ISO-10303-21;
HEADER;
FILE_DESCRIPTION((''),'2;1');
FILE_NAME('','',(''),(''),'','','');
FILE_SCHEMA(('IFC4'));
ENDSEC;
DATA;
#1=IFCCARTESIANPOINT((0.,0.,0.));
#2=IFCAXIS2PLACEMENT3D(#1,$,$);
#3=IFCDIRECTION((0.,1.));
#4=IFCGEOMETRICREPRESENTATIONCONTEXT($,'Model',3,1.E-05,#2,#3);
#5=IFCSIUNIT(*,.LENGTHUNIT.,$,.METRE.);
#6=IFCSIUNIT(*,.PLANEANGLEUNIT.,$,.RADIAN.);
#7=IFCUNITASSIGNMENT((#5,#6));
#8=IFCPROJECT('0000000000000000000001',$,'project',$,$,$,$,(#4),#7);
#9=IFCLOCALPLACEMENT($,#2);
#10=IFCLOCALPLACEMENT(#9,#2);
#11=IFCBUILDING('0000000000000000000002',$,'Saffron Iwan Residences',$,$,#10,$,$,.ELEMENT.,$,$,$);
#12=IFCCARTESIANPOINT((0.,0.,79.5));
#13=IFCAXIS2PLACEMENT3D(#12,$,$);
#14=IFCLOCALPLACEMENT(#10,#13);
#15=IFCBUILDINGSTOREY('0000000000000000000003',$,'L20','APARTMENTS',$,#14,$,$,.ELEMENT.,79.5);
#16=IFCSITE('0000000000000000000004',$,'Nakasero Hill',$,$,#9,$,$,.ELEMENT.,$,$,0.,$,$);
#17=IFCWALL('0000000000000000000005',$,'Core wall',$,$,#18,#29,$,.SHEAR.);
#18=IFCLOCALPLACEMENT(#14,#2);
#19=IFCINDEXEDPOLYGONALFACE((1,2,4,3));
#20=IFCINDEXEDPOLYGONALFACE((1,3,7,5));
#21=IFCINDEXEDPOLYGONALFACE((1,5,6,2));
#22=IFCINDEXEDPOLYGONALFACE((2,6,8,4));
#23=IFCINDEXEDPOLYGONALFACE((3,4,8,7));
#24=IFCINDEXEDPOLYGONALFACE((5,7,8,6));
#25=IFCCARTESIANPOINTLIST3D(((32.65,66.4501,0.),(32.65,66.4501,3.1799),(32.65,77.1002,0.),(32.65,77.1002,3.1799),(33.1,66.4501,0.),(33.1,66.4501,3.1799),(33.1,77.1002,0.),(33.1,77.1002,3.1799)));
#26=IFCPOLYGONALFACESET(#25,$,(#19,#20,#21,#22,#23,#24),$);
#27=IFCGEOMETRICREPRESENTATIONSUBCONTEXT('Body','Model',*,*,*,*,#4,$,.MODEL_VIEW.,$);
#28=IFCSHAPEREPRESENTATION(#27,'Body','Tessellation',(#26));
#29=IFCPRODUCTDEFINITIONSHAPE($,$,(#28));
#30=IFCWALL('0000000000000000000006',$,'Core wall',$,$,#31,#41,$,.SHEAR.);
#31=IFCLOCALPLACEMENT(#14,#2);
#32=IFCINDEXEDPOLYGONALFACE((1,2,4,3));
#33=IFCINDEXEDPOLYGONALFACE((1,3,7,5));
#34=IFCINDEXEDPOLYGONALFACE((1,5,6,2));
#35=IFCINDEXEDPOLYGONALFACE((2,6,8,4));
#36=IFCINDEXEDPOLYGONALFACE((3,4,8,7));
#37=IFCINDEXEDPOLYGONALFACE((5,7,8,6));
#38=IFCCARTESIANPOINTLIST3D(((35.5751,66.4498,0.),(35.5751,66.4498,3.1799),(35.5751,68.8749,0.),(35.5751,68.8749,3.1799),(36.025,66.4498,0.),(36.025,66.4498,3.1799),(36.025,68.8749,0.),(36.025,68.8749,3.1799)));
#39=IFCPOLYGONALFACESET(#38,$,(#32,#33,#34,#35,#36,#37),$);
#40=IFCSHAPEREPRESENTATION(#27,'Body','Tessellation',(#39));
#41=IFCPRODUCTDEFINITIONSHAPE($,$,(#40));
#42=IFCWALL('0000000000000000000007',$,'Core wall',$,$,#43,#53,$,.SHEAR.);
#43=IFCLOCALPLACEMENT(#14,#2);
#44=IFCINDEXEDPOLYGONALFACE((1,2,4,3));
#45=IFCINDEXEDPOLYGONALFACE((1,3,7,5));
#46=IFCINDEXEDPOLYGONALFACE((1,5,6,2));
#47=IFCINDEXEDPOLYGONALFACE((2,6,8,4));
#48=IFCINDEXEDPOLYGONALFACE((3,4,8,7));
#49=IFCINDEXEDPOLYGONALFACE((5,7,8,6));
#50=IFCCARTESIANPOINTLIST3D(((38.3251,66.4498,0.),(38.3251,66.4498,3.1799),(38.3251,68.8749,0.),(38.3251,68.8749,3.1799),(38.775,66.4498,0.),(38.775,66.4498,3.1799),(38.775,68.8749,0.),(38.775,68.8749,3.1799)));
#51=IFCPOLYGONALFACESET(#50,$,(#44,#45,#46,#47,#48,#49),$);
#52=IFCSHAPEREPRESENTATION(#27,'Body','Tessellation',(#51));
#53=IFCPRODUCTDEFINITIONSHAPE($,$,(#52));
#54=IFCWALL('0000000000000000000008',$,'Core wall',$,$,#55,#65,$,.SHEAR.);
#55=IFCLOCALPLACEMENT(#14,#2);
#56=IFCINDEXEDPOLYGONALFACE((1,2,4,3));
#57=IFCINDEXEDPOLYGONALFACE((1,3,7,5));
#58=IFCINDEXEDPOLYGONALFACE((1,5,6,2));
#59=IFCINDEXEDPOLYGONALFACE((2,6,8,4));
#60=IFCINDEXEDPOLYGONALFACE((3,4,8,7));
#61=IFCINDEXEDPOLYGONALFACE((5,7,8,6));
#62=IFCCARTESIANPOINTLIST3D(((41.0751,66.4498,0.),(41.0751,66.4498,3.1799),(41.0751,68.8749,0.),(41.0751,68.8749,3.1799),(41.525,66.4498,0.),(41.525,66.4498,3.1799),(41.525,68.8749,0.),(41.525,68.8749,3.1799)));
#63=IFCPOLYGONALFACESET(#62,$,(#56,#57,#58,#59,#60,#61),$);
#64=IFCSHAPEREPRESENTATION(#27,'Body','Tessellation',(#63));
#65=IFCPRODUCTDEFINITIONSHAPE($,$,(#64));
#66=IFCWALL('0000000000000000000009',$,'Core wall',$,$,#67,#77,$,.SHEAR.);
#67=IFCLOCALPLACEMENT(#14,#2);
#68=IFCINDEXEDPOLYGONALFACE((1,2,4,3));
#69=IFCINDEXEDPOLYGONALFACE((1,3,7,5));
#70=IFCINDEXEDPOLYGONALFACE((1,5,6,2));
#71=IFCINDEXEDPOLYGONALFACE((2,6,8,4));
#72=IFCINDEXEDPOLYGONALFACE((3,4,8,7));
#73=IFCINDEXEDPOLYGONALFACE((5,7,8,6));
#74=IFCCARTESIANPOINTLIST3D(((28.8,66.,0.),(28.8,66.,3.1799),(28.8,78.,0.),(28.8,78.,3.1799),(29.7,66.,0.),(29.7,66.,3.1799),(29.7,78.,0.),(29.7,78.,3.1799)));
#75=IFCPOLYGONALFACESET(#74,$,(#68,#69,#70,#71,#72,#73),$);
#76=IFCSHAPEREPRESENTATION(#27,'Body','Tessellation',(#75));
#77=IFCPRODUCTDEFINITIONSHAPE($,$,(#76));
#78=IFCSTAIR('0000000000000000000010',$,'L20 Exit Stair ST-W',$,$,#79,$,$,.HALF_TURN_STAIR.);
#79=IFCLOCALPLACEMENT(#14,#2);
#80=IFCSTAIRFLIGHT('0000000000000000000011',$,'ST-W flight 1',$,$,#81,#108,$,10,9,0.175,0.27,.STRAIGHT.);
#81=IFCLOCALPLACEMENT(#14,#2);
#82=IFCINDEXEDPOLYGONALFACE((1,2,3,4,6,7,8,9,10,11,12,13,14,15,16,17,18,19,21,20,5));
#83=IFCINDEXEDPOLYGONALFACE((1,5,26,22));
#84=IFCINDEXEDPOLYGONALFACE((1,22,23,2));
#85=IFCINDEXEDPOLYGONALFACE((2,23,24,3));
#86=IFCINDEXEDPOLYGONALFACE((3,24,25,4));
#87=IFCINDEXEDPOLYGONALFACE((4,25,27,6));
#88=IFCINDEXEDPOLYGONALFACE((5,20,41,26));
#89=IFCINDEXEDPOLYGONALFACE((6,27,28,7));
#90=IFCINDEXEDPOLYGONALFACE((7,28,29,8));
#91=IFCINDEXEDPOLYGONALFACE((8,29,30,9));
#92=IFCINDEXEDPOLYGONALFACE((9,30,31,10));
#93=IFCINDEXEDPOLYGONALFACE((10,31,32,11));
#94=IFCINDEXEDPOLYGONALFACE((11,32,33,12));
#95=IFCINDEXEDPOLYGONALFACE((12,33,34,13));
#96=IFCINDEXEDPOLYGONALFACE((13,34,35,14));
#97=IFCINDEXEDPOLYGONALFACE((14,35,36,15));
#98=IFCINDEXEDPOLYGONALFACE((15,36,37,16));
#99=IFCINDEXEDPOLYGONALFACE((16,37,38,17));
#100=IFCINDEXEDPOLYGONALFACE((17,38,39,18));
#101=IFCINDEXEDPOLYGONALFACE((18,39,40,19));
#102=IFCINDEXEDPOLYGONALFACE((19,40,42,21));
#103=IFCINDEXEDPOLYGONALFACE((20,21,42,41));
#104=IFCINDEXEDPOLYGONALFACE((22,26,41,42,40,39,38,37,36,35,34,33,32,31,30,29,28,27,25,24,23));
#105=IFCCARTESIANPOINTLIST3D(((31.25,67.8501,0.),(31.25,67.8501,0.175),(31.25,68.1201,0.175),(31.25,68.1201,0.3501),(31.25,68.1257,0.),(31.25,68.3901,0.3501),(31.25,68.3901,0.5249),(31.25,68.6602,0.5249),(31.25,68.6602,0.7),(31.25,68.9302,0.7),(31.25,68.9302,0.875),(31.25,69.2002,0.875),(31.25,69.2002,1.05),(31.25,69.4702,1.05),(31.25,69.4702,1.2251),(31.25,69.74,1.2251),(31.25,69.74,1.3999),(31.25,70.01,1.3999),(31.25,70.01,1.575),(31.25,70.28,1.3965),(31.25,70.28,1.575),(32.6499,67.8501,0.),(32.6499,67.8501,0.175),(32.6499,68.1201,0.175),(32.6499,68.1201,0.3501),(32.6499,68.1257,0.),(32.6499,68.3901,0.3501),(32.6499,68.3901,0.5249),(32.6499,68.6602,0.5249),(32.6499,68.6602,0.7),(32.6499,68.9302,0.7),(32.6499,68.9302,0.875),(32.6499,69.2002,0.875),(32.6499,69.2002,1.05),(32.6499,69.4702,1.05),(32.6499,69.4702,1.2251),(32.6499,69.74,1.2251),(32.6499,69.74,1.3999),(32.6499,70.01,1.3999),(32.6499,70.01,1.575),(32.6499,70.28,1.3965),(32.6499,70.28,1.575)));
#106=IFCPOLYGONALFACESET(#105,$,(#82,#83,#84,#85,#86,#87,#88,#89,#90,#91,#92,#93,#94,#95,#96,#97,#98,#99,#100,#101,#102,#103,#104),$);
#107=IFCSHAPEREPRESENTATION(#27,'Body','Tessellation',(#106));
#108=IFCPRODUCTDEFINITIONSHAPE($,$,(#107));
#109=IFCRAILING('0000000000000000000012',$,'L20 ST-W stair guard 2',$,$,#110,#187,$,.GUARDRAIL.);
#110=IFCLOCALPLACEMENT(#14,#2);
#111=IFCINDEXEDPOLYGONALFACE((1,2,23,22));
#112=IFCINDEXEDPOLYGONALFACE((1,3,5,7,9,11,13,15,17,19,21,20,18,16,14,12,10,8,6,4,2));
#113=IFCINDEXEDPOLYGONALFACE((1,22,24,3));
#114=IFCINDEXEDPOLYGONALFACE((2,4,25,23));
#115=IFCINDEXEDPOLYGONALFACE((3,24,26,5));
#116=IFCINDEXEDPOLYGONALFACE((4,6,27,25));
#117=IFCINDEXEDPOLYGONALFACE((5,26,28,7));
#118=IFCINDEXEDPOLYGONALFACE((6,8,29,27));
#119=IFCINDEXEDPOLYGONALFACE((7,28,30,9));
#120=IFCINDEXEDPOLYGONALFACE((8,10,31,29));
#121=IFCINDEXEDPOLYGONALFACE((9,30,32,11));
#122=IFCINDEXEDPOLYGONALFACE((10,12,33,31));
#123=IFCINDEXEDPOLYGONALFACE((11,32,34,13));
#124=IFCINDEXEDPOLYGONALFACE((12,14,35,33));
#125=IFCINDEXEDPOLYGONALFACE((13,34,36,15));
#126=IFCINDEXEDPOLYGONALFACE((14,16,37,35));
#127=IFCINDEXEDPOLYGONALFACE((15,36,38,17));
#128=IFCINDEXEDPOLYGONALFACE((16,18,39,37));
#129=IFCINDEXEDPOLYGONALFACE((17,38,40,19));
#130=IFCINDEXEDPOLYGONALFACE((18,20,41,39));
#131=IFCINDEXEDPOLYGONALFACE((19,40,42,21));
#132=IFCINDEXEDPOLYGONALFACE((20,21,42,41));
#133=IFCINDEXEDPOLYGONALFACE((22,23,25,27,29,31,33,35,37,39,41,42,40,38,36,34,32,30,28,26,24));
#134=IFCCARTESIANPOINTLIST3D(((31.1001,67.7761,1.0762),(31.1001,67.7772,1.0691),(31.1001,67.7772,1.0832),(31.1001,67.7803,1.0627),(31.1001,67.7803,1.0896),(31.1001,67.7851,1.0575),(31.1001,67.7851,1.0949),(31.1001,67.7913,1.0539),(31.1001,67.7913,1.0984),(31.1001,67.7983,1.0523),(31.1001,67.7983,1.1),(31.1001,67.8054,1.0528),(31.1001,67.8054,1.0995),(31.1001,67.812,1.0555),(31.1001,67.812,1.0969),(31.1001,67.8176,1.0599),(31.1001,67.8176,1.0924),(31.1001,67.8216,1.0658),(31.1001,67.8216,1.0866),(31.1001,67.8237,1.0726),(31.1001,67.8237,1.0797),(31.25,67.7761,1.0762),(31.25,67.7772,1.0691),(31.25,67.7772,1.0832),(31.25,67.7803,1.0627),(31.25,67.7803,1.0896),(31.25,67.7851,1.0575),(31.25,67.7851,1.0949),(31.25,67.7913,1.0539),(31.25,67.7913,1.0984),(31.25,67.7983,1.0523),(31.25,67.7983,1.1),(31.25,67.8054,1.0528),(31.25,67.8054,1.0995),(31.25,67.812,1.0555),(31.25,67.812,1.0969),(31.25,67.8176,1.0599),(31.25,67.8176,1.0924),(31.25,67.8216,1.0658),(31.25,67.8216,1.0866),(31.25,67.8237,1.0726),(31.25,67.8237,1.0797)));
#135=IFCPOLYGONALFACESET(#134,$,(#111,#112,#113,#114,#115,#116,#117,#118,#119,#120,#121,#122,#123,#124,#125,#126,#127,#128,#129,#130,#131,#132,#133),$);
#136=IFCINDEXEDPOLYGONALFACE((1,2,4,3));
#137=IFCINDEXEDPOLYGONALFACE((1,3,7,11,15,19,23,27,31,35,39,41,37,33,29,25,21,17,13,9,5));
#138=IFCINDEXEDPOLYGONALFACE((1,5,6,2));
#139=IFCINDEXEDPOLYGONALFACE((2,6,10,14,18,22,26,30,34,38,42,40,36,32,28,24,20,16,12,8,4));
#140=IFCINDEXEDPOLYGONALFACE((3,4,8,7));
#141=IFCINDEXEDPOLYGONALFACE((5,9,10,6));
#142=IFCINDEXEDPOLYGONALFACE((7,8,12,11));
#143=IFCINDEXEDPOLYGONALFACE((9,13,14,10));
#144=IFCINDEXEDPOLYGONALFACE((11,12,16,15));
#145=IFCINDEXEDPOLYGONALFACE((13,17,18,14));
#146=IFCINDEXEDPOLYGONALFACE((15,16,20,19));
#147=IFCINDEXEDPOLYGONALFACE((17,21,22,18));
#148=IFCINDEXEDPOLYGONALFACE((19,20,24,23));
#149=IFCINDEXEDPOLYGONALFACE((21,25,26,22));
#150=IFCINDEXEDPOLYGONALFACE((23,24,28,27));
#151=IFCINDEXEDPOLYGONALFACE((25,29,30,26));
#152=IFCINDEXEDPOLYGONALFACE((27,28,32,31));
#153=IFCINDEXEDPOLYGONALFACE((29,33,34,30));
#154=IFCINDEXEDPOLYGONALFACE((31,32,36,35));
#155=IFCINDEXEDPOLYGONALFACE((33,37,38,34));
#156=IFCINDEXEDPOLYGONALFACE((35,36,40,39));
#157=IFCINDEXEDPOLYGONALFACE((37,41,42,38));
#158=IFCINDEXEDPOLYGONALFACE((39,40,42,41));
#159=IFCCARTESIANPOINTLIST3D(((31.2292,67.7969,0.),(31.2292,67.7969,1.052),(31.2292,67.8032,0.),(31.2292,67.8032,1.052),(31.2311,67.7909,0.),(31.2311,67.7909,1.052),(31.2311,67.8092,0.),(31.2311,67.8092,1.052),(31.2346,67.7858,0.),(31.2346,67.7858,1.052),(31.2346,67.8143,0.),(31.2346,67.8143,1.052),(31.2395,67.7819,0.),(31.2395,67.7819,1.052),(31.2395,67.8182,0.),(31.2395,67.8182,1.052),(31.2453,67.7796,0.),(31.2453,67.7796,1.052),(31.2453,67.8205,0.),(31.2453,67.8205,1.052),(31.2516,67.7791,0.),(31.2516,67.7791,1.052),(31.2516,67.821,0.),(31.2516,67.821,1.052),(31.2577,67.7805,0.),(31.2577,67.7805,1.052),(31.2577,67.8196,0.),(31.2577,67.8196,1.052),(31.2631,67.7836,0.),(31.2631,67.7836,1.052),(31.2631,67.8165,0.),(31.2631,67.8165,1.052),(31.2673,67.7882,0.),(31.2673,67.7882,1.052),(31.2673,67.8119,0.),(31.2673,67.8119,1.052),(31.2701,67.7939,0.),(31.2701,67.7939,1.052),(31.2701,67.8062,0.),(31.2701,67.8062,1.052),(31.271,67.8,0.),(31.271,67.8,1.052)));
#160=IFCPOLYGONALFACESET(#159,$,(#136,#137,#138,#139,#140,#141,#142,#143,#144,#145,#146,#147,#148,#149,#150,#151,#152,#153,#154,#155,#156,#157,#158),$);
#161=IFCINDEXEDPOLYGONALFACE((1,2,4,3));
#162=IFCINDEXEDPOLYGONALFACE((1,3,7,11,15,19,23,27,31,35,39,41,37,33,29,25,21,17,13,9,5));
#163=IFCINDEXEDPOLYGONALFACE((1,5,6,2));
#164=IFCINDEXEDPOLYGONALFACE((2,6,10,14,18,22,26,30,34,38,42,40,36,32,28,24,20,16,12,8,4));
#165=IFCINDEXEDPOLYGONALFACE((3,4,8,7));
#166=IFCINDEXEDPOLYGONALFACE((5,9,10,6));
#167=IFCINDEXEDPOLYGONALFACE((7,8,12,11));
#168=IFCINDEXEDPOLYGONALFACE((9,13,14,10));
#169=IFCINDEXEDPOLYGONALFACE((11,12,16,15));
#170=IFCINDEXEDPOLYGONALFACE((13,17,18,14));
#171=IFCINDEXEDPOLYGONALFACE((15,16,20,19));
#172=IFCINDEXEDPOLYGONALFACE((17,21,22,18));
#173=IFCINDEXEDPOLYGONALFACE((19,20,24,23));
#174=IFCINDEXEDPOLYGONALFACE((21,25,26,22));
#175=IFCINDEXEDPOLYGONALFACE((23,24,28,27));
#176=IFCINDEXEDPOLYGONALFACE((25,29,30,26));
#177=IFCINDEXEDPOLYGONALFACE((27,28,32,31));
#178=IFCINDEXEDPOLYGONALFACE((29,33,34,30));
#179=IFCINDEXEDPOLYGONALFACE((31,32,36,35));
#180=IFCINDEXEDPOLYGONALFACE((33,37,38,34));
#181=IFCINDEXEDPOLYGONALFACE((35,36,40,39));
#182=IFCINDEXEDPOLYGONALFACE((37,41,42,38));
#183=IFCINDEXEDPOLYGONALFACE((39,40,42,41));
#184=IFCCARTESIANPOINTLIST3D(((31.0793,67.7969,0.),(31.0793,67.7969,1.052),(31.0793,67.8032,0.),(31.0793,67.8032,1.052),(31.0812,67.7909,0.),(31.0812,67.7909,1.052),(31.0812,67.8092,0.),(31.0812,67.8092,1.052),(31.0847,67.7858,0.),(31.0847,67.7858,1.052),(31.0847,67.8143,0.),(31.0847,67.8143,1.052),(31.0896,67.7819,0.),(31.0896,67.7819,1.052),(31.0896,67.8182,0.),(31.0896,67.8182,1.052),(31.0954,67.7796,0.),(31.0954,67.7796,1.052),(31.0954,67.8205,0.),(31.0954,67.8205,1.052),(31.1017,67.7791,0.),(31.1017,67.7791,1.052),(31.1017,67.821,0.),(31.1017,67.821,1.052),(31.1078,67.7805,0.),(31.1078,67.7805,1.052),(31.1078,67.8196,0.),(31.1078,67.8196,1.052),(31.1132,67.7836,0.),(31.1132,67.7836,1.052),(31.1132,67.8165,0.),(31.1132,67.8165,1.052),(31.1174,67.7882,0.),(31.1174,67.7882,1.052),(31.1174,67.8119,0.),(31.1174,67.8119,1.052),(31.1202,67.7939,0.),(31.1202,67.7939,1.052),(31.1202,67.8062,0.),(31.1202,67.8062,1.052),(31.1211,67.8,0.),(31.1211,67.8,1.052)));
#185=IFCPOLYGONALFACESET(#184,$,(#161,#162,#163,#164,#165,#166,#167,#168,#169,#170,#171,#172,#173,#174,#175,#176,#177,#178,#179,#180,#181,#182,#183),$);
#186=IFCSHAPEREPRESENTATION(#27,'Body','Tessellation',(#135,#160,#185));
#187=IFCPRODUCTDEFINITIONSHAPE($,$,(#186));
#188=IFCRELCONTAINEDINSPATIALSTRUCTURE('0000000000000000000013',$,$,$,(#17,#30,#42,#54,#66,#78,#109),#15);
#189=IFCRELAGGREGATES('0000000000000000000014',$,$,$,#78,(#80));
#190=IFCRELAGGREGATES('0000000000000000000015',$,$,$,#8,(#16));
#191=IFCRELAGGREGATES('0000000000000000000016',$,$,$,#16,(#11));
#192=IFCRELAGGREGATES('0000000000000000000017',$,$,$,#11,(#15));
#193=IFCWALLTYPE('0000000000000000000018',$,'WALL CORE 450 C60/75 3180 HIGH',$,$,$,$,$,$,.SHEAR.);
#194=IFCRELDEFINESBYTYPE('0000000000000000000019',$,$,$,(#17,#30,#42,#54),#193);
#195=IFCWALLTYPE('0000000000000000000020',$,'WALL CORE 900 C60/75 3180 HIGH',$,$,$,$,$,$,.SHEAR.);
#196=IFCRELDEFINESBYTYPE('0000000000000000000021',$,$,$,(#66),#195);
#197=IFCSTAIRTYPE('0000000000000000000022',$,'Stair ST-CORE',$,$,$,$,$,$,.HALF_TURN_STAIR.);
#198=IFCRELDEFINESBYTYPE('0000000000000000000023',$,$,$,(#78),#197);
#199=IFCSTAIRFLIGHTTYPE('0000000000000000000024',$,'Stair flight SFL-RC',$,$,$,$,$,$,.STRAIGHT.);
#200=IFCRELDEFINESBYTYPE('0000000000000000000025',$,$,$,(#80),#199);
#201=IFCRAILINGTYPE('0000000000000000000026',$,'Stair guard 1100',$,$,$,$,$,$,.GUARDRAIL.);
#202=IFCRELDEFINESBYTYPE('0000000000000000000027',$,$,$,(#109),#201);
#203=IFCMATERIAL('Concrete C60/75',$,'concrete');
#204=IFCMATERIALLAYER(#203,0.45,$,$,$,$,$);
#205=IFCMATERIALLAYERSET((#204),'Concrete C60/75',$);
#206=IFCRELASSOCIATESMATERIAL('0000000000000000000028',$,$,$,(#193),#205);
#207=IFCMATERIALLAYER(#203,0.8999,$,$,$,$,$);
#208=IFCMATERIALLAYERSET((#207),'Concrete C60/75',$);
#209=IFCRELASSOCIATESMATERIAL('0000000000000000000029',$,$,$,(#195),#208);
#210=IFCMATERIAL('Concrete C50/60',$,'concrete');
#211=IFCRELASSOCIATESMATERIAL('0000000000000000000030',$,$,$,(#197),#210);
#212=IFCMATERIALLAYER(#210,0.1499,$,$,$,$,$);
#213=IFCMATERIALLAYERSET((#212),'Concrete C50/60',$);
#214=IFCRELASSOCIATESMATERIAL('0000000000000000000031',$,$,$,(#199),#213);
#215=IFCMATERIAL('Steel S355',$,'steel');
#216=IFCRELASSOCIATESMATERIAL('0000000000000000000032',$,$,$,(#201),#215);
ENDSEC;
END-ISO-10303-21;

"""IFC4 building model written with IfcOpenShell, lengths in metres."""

from ifc_helpers import new_model, si_unit, direction, frame, frame_2d, origin, origin_2d, place, context, subcontext, project, spatial, polyline, rectangle, circle, outline, extrude, material, layer, layer_set, type_object, element, aggregate, save


model = new_model("IFC4")

# Units and contexts
model_context = context("Model", 3, precision=1e-05, world=origin(), true_north=direction((0.0, 1.0)))
body_context = subcontext(model_context, "Body", "Model", "MODEL_VIEW")
ifc_project = project(units=[si_unit("LENGTHUNIT", "METRE"), si_unit("PLANEANGLEUNIT", "RADIAN")], contexts=[model_context])

# Site, building, storey
site_placement = place(None, origin())
site = spatial("IfcSite", under=ifc_project, at=site_placement, Name="Nakasero Hill", CompositionType="ELEMENT", RefElevation=0.0)
building_placement = place(site_placement, origin())
building = spatial("IfcBuilding", under=site, at=building_placement, Name="Saffron Iwan Residences", CompositionType="ELEMENT")
storey_placement = place(building_placement, frame((0.0, 0.0, 79.5)))
storey = spatial("IfcBuildingStorey", under=building, at=storey_placement, Name="L20", Description="APARTMENTS", CompositionType="ELEMENT", Elevation=79.5)

# Shared definitions
ifc_material_1 = material(Name="Concrete C60/75", Category="concrete")
ifc_layer_1 = layer(ifc_material_1, 0.45)
ifc_layer_set_1 = layer_set([ifc_layer_1], Name="Concrete C60/75")
wall_type_1 = type_object("IfcWallType", Name="WALL CORE 450 C60/75 3180 HIGH", PredefinedType="SHEAR", material=ifc_layer_set_1)

# Walls
wall_1_placement = place(storey_placement, frame((32.875, 66.45, 0.0), z_axis=(0.0, 0.0, 1.0), x_axis=(0.0, 1.0, 0.0)))
element("IfcWall", 1, at=wall_1_placement, inside=storey, type_object=wall_type_1, Name="Core wall", PredefinedType="SHEAR", context=body_context, shape_type="SweptSolid", body=[
    extrude(rectangle(XDim=10.6501, YDim=0.45, at=frame_2d((5.3252, 0.0))), origin(), (0.0, 0.0, 1.0), 3.1799),
])
for number, where, z_axis, x_axis, name in (
    (2, (35.8, 66.45, 0.0), (0.0, 0.0, 1.0), (0.0, 1.0, 0.0), "Core wall"),
    (3, (38.55, 66.45, 0.0), (0.0, 0.0, 1.0), (0.0, 1.0, 0.0), "Core wall"),
    (4, (41.3, 66.45, 0.0), (0.0, 0.0, 1.0), (0.0, 1.0, 0.0), "Core wall"),
):
    element("IfcWall", number, at=place(storey_placement, frame(where, z_axis=z_axis, x_axis=x_axis)), inside=storey, type_object=wall_type_1, Name=name, PredefinedType="SHEAR", context=body_context, shape_type="SweptSolid", body=[
        extrude(rectangle(XDim=2.425, YDim=0.45, at=frame_2d((1.2124, 0.0))), origin(), (0.0, 0.0, 1.0), 3.1799),
    ])
ifc_layer_2 = layer(ifc_material_1, 0.8999)
ifc_layer_set_2 = layer_set([ifc_layer_2], Name="Concrete C60/75")
wall_type_2 = type_object("IfcWallType", Name="WALL CORE 900 C60/75 3180 HIGH", PredefinedType="SHEAR", material=ifc_layer_set_2)
wall_2_placement = place(storey_placement, frame((29.25, 66.0, 0.0), z_axis=(0.0, 0.0, 1.0), x_axis=(0.0, 1.0, 0.0)))
element("IfcWall", 5, at=wall_2_placement, inside=storey, type_object=wall_type_2, Name="Core wall", PredefinedType="SHEAR", context=body_context, shape_type="SweptSolid", body=[
    extrude(rectangle(XDim=12.0, YDim=0.8999, at=frame_2d((6.0, 0.0))), origin(), (0.0, 0.0, 1.0), 3.1799),
])

# Stair, stair flight
ifc_material_2 = material(Name="Concrete C50/60", Category="concrete")
stair_type = type_object("IfcStairType", Name="Stair ST-CORE", PredefinedType="HALF_TURN_STAIR", material=ifc_material_2)
stair_placement = place(storey_placement, origin())
stair = element("IfcStair", 6, at=stair_placement, inside=storey, type_object=stair_type, Name="L20 Exit Stair ST-W", PredefinedType="HALF_TURN_STAIR")
ifc_layer_3 = layer(ifc_material_2, 0.1499)
ifc_layer_set_3 = layer_set([ifc_layer_3], Name="Concrete C50/60")
stair_flight_type = type_object("IfcStairFlightType", Name="Stair flight SFL-RC", PredefinedType="STRAIGHT", material=ifc_layer_set_3)
stair_flight_placement = place(storey_placement, frame((31.95, 67.8501, 0.0), z_axis=(0.0, 0.0, 1.0), x_axis=(0.0, 1.0, 0.0)))
stair_flight = element("IfcStairFlight", 7, at=stair_flight_placement, type_object=stair_flight_type, Name="ST-W flight 1", NumberOfRisers=10, NumberOfTreads=9, PredefinedType="STRAIGHT", RiserHeight=0.175, TreadLength=0.27, context=body_context, shape_type="SweptSolid", body=[
    extrude(outline(polyline([(0.0, 0.0), (0.0, 0.175), (0.27, 0.175), (0.27, 0.3501), (0.54, 0.3501), (0.54, 0.5249), (0.8101, 0.5249), (0.8101, 0.7), (1.0801, 0.7), (1.0801, 0.875), (1.3501, 0.875), (1.3501, 1.05), (1.6201, 1.05), (1.6201, 1.2251), (1.8899, 1.2251), (1.8899, 1.3999), (2.1599, 1.3999), (2.1599, 1.575), (2.4299, 1.575), (2.4299, 1.75), (2.4299, 1.3965), (0.2756, 0.0), (0.0, 0.0)])), frame((0.0, 0.7, 0.0), z_axis=(0.0, -1.0, 0.0), x_axis=(1.0, 0.0, 0.0)), (0.0, 0.0, 1.0), 1.3999),
])
aggregate(stair, [stair_flight])

# Railing
ifc_material_3 = material(Name="Steel S355", Category="steel")
railing_type_1 = type_object("IfcRailingType", Name="Stair guard 1100", PredefinedType="GUARDRAIL", material=ifc_material_3)
railing_1_placement = place(storey_placement, frame((31.25, 67.8, 0.0)))
element("IfcRailing", 8, at=railing_1_placement, inside=storey, type_object=railing_type_1, Name="L20 ST-W stair guard 2", PredefinedType="GUARDRAIL", context=body_context, shape_type="SweptSolid", body=[
    extrude(circle(Radius=0.0239, at=origin_2d()), frame((0.0, 0.0, 1.0762), z_axis=(-1.0, 0.0, 0.0), x_axis=(0.0, -1.0, 0.0)), (0.0, 0.0, 1.0), 0.1499),
    extrude(circle(Radius=0.021, at=origin_2d()), origin(), (0.0, 0.0, 1.0), 1.052),
    extrude(circle(Radius=0.021, at=origin_2d()), frame((-0.1499, 0.0, 0.0)), (0.0, 0.0, 1.0), 1.052),
])

save(model, "model.ifc")
